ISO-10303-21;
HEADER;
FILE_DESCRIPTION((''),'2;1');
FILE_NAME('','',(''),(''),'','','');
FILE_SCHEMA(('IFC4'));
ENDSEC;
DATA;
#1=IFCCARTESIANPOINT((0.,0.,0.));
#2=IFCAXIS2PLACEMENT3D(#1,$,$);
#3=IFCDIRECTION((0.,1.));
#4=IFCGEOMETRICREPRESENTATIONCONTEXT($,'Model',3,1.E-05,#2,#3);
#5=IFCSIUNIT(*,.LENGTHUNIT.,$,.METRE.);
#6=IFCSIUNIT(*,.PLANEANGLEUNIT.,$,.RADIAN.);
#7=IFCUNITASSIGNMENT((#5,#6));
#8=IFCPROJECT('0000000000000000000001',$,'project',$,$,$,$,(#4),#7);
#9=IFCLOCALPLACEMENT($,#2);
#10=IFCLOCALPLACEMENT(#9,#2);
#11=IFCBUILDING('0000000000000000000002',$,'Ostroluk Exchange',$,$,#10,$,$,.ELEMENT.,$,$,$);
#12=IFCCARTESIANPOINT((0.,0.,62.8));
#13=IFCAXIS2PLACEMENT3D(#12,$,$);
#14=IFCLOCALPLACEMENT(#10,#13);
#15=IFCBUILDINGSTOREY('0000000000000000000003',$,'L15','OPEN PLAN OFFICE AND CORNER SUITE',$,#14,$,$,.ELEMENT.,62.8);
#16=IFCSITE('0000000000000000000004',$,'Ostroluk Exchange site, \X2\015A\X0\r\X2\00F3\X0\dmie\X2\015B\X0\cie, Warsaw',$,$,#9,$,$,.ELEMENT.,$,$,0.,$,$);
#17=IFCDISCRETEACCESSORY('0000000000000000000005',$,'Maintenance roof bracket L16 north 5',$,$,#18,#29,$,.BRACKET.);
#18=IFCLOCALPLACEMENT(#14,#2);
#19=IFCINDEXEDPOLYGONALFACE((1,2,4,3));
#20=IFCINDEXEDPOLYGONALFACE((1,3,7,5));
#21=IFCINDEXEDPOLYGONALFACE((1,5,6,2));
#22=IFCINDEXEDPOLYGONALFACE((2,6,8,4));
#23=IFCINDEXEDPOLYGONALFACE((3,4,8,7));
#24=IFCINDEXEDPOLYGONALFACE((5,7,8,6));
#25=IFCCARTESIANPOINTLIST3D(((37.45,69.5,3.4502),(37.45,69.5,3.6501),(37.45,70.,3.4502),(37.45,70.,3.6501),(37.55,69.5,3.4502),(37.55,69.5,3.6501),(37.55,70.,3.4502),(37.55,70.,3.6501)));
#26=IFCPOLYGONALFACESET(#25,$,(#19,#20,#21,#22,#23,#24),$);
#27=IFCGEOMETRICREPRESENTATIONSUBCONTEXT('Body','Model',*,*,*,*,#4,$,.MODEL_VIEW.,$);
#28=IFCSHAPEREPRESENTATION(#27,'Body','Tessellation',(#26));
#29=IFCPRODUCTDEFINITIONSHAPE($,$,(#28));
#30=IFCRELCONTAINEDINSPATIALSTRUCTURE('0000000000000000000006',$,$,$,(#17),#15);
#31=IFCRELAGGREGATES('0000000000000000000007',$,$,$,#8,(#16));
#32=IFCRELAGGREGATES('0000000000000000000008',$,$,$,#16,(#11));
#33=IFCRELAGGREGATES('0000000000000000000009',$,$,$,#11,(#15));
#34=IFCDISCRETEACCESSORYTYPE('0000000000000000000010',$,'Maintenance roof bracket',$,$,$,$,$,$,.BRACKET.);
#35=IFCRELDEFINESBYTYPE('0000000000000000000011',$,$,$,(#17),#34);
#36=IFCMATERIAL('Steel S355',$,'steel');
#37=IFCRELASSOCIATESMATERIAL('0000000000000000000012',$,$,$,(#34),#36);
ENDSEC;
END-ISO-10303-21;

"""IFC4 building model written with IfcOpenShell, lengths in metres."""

from ifc_helpers import new_model, si_unit, direction, frame, origin, origin_2d, place, context, subcontext, project, spatial, rectangle, extrude, material, type_object, element, save


model = new_model("IFC4")

# Units and contexts
model_context = context("Model", 3, precision=1e-05, world=origin(), true_north=direction((0.0, 1.0)))
body_context = subcontext(model_context, "Body", "Model", "MODEL_VIEW")
ifc_project = project(units=[si_unit("LENGTHUNIT", "METRE"), si_unit("PLANEANGLEUNIT", "RADIAN")], contexts=[model_context])

# Site, building, storey
site_placement = place(None, origin())
site = spatial("IfcSite", under=ifc_project, at=site_placement, Name="Ostroluk Exchange site, Śródmieście, Warsaw", CompositionType="ELEMENT", RefElevation=0.0)
building_placement = place(site_placement, origin())
building = spatial("IfcBuilding", under=site, at=building_placement, Name="Ostroluk Exchange", CompositionType="ELEMENT")
storey_placement = place(building_placement, frame((0.0, 0.0, 62.8)))
storey = spatial("IfcBuildingStorey", under=building, at=storey_placement, Name="L15", Description="OPEN PLAN OFFICE AND CORNER SUITE", CompositionType="ELEMENT", Elevation=62.8)

# Discrete accessory
ifc_material_1 = material(Name="Steel S355", Category="steel")
discrete_accessory_type = type_object("IfcDiscreteAccessoryType", Name="Maintenance roof bracket", PredefinedType="BRACKET", material=ifc_material_1)
for number, where, z_axis, x_axis, name in (
    (1, (37.5, 69.75, 3.4502), (0.0, 0.0, 1.0), (1.0, 0.0, 0.0), "Maintenance roof bracket L16 north 5"),
):
    element("IfcDiscreteAccessory", number, at=place(storey_placement, frame(where, z_axis=z_axis, x_axis=x_axis)), inside=storey, type_object=discrete_accessory_type, Name=name, PredefinedType="BRACKET", context=body_context, shape_type="SweptSolid", body=[
        extrude(rectangle(XDim=0.1001, YDim=0.5, at=origin_2d()), origin(), (0.0, 0.0, 1.0), 0.2),
    ])

save(model, "model.ifc")
